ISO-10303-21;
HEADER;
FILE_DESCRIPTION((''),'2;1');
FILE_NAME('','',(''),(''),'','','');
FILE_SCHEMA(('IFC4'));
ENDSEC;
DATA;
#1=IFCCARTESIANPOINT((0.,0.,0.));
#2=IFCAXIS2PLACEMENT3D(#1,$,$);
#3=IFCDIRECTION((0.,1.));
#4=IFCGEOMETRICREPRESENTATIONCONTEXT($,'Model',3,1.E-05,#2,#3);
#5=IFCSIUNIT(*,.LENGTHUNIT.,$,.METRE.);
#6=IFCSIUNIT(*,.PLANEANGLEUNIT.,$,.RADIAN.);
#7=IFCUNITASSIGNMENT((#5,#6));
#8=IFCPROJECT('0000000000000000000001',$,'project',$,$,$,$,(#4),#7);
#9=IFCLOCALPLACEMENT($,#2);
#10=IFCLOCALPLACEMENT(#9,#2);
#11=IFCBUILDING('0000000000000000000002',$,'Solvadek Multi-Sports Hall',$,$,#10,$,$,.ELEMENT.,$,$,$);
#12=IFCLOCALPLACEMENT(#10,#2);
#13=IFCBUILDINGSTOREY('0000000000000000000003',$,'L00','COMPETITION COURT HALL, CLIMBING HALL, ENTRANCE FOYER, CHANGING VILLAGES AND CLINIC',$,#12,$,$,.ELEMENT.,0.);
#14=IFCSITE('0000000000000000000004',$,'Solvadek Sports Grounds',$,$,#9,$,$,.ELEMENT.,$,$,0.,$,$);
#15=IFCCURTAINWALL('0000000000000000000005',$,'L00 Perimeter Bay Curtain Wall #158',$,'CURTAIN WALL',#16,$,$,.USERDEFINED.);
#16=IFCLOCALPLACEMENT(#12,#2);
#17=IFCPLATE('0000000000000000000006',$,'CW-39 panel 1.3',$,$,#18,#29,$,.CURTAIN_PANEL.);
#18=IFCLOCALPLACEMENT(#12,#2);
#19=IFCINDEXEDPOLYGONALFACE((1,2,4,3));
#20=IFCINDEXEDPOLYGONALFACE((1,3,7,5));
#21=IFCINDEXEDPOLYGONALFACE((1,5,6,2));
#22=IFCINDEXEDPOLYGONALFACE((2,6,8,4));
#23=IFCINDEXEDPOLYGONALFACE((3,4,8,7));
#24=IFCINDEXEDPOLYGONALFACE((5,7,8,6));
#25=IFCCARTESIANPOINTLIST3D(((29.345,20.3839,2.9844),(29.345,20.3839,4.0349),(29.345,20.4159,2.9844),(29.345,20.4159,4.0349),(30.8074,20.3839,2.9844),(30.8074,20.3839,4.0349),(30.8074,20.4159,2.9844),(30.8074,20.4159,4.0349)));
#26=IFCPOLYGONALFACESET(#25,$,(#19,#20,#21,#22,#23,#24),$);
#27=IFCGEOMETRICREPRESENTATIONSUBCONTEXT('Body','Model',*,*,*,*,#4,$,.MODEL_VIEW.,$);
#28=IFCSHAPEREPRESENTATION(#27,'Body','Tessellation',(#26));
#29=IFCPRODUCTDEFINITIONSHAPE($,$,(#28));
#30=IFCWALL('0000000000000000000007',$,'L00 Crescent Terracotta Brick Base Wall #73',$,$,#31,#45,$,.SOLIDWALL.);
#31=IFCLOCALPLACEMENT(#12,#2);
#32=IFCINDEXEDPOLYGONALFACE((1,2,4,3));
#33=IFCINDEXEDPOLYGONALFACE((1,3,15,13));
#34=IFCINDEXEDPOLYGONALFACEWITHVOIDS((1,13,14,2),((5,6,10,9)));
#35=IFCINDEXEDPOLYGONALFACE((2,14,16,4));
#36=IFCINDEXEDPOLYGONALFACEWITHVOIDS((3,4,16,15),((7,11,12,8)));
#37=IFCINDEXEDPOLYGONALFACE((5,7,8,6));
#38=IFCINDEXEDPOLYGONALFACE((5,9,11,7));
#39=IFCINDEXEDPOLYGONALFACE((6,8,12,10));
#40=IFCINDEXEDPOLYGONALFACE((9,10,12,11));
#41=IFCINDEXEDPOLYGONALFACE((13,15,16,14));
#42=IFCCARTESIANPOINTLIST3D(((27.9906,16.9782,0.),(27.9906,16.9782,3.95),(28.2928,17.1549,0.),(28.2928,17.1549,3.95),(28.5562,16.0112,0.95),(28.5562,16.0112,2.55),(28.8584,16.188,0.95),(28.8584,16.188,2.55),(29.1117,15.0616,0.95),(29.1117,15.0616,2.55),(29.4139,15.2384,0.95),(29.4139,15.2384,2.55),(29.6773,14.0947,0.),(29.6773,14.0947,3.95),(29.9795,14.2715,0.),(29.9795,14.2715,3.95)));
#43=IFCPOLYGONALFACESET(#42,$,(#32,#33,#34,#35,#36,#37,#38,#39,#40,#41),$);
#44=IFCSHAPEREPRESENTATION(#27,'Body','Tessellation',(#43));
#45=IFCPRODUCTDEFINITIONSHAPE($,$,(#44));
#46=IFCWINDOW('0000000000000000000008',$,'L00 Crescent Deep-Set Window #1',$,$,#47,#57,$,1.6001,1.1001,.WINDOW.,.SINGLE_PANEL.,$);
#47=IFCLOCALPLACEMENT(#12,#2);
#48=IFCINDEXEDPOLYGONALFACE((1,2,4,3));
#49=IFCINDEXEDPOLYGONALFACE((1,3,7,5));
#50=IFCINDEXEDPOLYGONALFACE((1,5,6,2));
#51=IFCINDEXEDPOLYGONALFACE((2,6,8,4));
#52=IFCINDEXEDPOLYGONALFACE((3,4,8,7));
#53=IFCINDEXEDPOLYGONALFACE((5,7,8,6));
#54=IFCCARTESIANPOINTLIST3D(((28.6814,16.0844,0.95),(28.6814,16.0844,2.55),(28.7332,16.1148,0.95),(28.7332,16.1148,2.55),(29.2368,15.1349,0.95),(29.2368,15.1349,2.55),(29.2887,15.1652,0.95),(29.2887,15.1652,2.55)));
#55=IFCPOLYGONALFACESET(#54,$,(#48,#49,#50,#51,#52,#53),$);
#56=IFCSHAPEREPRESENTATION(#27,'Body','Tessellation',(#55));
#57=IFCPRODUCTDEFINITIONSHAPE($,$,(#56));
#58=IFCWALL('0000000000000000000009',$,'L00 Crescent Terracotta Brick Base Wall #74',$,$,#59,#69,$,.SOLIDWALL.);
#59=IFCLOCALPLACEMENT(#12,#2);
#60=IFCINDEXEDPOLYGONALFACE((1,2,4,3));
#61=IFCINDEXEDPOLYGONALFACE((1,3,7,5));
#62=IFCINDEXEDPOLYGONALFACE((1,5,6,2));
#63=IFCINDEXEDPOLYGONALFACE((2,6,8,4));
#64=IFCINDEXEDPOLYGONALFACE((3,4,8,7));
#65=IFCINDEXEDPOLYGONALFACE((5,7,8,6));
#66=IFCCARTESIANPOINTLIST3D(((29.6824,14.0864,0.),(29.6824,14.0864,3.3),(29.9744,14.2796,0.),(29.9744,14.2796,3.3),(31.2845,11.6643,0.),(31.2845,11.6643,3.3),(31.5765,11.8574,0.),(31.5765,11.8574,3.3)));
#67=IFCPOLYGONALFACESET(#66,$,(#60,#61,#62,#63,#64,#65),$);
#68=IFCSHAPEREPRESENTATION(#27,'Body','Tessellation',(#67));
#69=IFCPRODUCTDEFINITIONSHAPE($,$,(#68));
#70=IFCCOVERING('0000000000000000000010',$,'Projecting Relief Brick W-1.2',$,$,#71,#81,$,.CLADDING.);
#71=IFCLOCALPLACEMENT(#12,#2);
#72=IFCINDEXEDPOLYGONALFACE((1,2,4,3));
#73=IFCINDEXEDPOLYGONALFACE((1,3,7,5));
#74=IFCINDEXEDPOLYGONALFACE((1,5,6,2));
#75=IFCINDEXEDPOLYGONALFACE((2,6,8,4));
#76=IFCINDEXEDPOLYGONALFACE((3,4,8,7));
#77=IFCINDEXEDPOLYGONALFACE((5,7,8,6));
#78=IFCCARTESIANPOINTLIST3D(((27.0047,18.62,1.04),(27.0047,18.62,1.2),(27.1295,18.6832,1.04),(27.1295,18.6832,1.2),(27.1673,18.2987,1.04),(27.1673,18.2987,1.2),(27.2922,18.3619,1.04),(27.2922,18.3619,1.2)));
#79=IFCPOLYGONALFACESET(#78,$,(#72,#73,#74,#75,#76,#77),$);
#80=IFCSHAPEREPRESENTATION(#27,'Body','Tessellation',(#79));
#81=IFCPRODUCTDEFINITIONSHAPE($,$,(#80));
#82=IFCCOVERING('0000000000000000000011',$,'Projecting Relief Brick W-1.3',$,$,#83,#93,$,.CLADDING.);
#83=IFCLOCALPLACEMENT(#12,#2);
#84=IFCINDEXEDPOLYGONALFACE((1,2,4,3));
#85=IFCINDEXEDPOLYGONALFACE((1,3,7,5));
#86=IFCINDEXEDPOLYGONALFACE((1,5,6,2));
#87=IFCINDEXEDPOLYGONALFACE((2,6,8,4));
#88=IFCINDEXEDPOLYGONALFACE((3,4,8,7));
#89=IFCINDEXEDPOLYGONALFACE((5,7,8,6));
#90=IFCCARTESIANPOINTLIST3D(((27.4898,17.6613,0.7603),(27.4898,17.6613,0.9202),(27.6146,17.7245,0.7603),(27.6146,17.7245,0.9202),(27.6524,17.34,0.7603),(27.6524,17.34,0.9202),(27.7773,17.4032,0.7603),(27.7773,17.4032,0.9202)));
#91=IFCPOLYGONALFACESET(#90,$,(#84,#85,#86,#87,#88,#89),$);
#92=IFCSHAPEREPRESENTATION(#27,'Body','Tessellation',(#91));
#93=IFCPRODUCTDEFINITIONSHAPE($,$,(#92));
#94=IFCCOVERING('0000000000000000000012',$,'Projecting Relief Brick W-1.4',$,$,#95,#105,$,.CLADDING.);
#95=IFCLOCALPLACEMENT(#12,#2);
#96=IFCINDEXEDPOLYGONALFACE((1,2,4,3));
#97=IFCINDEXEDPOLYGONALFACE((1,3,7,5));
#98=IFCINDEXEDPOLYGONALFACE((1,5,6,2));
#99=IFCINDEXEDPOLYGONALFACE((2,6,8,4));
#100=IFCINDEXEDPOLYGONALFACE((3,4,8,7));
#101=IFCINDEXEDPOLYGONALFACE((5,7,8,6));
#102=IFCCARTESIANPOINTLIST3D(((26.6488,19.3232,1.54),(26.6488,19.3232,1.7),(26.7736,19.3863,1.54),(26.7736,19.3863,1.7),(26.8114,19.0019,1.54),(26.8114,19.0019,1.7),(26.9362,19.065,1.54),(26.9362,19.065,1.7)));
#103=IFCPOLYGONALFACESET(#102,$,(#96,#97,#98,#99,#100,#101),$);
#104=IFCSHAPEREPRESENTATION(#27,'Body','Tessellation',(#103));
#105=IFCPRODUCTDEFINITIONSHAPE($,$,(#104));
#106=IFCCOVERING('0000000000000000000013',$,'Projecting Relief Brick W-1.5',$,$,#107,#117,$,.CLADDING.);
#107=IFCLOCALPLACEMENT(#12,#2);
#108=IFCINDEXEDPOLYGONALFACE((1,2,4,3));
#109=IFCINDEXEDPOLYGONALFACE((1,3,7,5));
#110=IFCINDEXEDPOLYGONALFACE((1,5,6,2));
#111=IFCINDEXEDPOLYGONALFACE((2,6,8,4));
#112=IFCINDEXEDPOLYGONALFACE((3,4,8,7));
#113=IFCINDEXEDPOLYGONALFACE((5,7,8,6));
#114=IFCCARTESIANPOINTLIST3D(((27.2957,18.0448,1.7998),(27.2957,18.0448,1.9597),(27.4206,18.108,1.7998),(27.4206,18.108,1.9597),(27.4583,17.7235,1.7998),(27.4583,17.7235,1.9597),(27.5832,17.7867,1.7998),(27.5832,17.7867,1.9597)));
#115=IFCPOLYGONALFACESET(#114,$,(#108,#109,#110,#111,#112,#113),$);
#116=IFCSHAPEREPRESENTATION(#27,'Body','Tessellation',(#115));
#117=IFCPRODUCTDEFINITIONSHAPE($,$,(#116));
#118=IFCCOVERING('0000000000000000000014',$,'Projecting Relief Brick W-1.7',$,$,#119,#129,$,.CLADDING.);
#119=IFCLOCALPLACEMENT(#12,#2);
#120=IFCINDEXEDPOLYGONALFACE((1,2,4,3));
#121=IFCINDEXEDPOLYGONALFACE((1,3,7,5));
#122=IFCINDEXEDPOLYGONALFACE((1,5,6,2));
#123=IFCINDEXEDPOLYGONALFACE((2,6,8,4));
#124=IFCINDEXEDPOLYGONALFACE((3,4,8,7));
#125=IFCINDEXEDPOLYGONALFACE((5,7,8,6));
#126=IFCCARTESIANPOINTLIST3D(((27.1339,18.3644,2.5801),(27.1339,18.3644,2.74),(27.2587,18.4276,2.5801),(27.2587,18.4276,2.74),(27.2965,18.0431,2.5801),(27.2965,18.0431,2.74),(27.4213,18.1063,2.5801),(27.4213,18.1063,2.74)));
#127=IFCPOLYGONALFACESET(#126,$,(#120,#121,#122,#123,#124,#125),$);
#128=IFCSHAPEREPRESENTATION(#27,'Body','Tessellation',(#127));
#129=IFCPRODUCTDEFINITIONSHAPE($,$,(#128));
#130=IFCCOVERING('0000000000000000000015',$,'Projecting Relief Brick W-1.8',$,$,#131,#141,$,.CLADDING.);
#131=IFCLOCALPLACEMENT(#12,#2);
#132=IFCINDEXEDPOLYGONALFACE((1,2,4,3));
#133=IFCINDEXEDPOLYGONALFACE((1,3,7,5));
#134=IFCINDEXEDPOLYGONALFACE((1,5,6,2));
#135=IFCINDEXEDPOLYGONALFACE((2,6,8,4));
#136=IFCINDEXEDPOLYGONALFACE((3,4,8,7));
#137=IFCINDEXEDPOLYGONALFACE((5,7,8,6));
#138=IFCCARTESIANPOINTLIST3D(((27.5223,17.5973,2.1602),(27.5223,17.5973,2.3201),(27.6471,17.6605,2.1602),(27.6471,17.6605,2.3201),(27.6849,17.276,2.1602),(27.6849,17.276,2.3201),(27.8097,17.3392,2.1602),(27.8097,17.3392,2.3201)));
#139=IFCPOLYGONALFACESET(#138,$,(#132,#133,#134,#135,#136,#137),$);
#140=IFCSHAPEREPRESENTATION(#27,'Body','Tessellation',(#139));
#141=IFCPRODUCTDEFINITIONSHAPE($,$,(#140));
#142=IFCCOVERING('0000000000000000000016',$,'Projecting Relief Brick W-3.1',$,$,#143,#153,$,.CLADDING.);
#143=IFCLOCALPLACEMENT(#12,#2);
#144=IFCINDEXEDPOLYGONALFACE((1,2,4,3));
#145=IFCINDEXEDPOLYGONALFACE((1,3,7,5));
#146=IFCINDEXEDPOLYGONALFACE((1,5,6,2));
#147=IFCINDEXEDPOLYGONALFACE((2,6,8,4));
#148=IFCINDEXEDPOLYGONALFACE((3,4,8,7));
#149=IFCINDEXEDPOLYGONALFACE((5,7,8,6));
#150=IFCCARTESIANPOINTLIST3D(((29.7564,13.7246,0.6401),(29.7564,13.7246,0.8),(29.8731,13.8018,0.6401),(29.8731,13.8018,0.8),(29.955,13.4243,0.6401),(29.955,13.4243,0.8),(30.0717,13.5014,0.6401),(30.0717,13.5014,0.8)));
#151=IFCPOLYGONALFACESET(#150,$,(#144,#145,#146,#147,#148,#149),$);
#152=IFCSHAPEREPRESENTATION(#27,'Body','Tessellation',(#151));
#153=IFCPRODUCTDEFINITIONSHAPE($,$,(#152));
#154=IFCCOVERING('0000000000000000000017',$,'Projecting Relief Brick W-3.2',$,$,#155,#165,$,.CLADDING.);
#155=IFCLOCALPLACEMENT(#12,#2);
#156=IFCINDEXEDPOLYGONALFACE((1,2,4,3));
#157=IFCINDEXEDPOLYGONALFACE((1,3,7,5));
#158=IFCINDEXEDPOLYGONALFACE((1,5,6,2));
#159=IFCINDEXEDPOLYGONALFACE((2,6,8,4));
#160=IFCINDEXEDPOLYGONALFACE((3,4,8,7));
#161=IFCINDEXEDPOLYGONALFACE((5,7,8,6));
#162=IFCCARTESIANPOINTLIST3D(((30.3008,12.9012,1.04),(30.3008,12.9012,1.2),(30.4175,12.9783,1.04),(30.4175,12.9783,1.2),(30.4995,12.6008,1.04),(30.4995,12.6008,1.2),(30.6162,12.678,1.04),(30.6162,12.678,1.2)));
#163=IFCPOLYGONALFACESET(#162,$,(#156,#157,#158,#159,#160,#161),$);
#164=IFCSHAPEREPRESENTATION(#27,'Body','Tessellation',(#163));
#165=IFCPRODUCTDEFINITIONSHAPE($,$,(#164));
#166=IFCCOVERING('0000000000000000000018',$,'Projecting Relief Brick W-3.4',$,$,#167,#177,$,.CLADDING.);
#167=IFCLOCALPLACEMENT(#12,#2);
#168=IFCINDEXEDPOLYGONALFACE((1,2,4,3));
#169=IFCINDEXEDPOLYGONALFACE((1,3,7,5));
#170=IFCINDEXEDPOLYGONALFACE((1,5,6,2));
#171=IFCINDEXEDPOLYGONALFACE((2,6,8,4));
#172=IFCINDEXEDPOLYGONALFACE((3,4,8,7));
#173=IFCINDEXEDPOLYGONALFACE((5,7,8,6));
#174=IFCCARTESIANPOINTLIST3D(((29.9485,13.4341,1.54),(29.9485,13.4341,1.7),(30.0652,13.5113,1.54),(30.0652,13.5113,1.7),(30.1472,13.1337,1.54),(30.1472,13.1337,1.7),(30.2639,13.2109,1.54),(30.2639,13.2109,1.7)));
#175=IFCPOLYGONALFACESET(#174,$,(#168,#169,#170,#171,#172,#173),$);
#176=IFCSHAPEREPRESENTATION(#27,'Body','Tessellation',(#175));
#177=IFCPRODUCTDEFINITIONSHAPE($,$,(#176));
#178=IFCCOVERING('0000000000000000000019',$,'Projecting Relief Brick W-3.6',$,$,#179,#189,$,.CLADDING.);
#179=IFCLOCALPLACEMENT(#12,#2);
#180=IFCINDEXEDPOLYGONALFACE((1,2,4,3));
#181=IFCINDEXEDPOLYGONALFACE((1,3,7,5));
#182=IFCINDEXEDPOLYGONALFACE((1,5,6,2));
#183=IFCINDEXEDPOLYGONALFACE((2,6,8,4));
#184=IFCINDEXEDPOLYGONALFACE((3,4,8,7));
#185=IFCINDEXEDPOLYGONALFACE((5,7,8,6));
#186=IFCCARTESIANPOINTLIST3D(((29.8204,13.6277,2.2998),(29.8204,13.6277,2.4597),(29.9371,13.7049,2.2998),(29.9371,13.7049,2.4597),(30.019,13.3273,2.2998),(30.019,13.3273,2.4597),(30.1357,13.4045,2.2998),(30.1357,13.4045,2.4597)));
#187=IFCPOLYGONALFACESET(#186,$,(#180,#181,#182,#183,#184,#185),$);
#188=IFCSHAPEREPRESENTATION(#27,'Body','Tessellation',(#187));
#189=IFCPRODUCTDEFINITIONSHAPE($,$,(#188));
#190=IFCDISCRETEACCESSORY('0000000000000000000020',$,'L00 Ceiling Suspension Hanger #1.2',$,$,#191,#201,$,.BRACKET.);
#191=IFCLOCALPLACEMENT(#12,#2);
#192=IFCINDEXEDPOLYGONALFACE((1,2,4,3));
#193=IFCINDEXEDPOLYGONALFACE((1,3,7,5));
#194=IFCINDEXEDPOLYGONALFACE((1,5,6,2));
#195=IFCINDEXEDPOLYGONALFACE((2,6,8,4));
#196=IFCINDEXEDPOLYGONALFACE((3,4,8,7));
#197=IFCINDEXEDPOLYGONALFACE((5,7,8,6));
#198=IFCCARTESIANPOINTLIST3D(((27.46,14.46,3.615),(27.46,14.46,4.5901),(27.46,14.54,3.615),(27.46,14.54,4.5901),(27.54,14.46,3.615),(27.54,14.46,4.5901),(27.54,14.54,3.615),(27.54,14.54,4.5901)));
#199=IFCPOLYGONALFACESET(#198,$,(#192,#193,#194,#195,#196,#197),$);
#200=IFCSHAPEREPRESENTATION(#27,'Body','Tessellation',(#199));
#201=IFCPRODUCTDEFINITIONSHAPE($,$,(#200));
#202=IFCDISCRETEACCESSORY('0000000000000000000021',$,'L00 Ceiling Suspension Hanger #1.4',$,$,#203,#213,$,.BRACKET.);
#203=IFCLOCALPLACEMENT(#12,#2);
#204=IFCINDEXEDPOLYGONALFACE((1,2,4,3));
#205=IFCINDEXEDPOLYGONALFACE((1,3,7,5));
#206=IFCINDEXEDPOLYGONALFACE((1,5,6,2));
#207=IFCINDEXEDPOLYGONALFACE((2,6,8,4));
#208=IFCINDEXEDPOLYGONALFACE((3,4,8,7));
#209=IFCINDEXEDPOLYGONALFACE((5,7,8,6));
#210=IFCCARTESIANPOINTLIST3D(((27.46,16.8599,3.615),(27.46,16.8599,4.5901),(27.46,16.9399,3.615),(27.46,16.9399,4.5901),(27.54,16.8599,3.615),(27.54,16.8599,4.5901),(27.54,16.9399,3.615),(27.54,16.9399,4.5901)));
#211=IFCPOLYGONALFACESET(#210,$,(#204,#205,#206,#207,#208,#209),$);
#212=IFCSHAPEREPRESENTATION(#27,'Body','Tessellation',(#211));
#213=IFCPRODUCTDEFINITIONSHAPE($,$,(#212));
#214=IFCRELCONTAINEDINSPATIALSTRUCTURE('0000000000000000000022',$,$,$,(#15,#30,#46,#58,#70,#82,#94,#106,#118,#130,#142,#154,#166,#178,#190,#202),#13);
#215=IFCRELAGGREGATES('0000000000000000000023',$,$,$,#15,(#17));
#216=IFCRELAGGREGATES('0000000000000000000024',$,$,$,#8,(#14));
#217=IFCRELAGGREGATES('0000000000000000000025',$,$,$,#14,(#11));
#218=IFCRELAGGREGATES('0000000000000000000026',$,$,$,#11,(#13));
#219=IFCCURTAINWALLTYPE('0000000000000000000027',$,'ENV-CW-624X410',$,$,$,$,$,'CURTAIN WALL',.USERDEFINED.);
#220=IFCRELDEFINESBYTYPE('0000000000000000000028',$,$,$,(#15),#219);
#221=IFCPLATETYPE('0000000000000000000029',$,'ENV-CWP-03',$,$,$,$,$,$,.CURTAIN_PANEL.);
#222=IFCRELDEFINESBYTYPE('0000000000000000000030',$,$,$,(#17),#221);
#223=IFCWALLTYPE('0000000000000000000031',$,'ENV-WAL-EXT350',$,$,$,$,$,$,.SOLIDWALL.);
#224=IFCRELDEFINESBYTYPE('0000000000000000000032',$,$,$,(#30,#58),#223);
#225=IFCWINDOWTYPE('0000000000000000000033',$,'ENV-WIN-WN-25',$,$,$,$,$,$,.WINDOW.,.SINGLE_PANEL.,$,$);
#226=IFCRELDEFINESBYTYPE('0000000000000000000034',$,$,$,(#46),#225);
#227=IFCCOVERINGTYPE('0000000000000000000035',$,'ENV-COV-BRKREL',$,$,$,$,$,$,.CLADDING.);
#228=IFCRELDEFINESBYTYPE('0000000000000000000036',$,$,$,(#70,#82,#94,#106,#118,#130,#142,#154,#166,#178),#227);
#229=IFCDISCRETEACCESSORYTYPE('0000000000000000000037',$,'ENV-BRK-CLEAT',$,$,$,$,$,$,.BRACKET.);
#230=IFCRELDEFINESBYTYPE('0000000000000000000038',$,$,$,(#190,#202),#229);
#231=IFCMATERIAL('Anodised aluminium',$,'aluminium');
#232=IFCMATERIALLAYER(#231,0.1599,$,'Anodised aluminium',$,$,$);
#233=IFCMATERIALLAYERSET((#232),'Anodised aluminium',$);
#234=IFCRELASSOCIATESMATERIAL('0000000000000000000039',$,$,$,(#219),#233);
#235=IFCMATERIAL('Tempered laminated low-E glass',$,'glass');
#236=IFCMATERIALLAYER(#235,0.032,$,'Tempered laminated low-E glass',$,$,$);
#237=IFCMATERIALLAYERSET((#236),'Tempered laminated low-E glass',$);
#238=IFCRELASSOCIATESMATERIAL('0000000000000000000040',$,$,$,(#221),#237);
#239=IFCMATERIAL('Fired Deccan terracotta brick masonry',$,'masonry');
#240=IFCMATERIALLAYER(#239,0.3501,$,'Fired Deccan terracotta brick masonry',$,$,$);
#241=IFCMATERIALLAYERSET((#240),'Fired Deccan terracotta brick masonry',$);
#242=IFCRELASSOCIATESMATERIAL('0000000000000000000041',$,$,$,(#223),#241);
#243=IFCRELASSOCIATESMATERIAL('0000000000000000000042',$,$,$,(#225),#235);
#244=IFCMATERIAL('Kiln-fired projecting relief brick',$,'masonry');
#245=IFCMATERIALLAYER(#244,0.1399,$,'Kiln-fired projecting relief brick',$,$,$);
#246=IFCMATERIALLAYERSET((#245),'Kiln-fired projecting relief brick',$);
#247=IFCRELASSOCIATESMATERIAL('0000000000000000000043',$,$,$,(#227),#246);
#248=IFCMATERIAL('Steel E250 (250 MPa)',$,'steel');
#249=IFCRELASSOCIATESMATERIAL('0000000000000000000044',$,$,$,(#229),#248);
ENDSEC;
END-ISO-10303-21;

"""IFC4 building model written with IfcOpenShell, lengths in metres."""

from ifc_helpers import new_model, si_unit, direction, frame, frame_2d, origin, origin_2d, place, context, subcontext, project, spatial, rectangle, extrude, material, layer, layer_set, type_object, element, fill, aggregate, save


model = new_model("IFC4")

# Units and contexts
model_context = context("Model", 3, precision=1e-05, world=origin(), true_north=direction((0.0, 1.0)))
body_context = subcontext(model_context, "Body", "Model", "MODEL_VIEW")
ifc_project = project(units=[si_unit("LENGTHUNIT", "METRE"), si_unit("PLANEANGLEUNIT", "RADIAN")], contexts=[model_context])

# Site, building, storey
site_placement = place(None, origin())
site = spatial("IfcSite", under=ifc_project, at=site_placement, Name="Solvadek Sports Grounds", CompositionType="ELEMENT", RefElevation=0.0)
building_placement = place(site_placement, origin())
building = spatial("IfcBuilding", under=site, at=building_placement, Name="Solvadek Multi-Sports Hall", CompositionType="ELEMENT")
storey_placement = place(building_placement, origin())
storey = spatial("IfcBuildingStorey", under=building, at=storey_placement, Name="L00", Description="COMPETITION COURT HALL, CLIMBING HALL, ENTRANCE FOYER, CHANGING VILLAGES AND CLINIC", CompositionType="ELEMENT", Elevation=0.0)

# Shared definitions
ifc_material_1 = material(Name="Anodised aluminium", Category="aluminium")

# Curtain wall
ifc_layer_1 = layer(ifc_material_1, 0.1599, Name="Anodised aluminium")
ifc_layer_set_1 = layer_set([ifc_layer_1], Name="Anodised aluminium")
curtain_wall_type_1 = type_object("IfcCurtainWallType", Name="ENV-CW-624X410", ElementType="CURTAIN WALL", PredefinedType="USERDEFINED", material=ifc_layer_set_1)
curtain_wall_1_placement = place(storey_placement, origin())
curtain_wall_1 = element("IfcCurtainWall", 1, at=curtain_wall_1_placement, inside=storey, type_object=curtain_wall_type_1, Name="L00 Perimeter Bay Curtain Wall #158", ObjectType="CURTAIN WALL", PredefinedType="USERDEFINED")

# Plate
ifc_material_2 = material(Name="Tempered laminated low-E glass", Category="glass")
ifc_layer_2 = layer(ifc_material_2, 0.032, Name="Tempered laminated low-E glass")
ifc_layer_set_2 = layer_set([ifc_layer_2], Name="Tempered laminated low-E glass")
plate_type_1 = type_object("IfcPlateType", Name="ENV-CWP-03", PredefinedType="CURTAIN_PANEL", material=ifc_layer_set_2)
plate_1_placement = place(storey_placement, frame((30.0762, 20.3999, 2.9844), z_axis=(0.0, 0.0, 1.0), x_axis=(1.0, 0.0, 0.0)))
plate_1 = element("IfcPlate", 2, at=plate_1_placement, type_object=plate_type_1, Name="CW-39 panel 1.3", PredefinedType="CURTAIN_PANEL", context=body_context, shape_type="SweptSolid", body=[
    extrude(rectangle(XDim=1.4624, YDim=0.032, at=origin_2d()), origin(), (0.0, 0.0, 1.0), 1.0505),
])
aggregate(curtain_wall_1, [plate_1])

# Wall, opening, window
ifc_material_3 = material(Name="Fired Deccan terracotta brick masonry", Category="masonry")
ifc_layer_3 = layer(ifc_material_3, 0.3501, Name="Fired Deccan terracotta brick masonry")
ifc_layer_set_3 = layer_set([ifc_layer_3], Name="Fired Deccan terracotta brick masonry")
wall_type = type_object("IfcWallType", Name="ENV-WAL-EXT350", PredefinedType="SOLIDWALL", material=ifc_layer_set_3)
wall_1_placement = place(storey_placement, frame((28.1416, 17.0667, 0.0), z_axis=(0.0, 0.0, 1.0), x_axis=(0.50492, -0.863166, 0.0)))
wall_1 = element("IfcWall", 3, at=wall_1_placement, inside=storey, type_object=wall_type, Name="L00 Crescent Terracotta Brick Base Wall #73", PredefinedType="SOLIDWALL", context=body_context, shape_type="SweptSolid", body=[
    extrude(rectangle(XDim=3.3406, YDim=0.3501, at=frame_2d((1.6704, 0.0))), origin(), (0.0, 0.0, 1.0), 3.95),
])
opening_placement = place(wall_1_placement, frame((1.1204, 0.0, 0.95)))
opening = element("IfcOpeningElement", 4, at=opening_placement, cuts=wall_1, PredefinedType="OPENING", context=body_context, shape_type="SweptSolid", body=[
    extrude(rectangle(XDim=1.1001, YDim=1.6001, at=frame_2d((0.55, 0.8))), frame((0.0, 0.1851, 0.0), z_axis=(0.0, -1.0, 0.0), x_axis=(1.0, 0.0, 0.0)), (0.0, 0.0, 1.0), 0.3701),
])
window_type = type_object("IfcWindowType", Name="ENV-WIN-WN-25", PartitioningType="SINGLE_PANEL", PredefinedType="WINDOW", material=ifc_material_2)
window_placement = place(opening_placement, origin())
window = element("IfcWindow", 5, at=window_placement, inside=storey, type_object=window_type, Name="L00 Crescent Deep-Set Window #1", OverallHeight=1.6001, OverallWidth=1.1001, PartitioningType="SINGLE_PANEL", PredefinedType="WINDOW", context=body_context, shape_type="SweptSolid", body=[
    extrude(rectangle(XDim=1.1001, YDim=1.6001, at=frame_2d((0.55, 0.8))), frame((0.0, 0.03, 0.0), z_axis=(0.0, -1.0, 0.0), x_axis=(1.0, 0.0, 0.0)), (0.0, 0.0, 1.0), 0.0601),
])
fill(opening, window)

# Wall
wall_2_placement = place(storey_placement, frame((29.8284, 14.1831, 0.0), z_axis=(0.0, 0.0, 1.0), x_axis=(0.55167, -0.834062, 0.0)))
element("IfcWall", 6, at=wall_2_placement, inside=storey, type_object=wall_type, Name="L00 Crescent Terracotta Brick Base Wall #74", PredefinedType="SOLIDWALL", context=body_context, shape_type="SweptSolid", body=[
    extrude(rectangle(XDim=2.9041, YDim=0.3501, at=frame_2d((1.4521, 0.0))), origin(), (0.0, 0.0, 1.0), 3.3),
])

# Coverings
ifc_material_4 = material(Name="Kiln-fired projecting relief brick", Category="masonry")
ifc_layer_4 = layer(ifc_material_4, 0.1399, Name="Kiln-fired projecting relief brick")
ifc_layer_set_4 = layer_set([ifc_layer_4], Name="Kiln-fired projecting relief brick")
covering_type = type_object("IfcCoveringType", Name="ENV-COV-BRKREL", PredefinedType="CLADDING", material=ifc_layer_set_4)
for number, where, z_axis, x_axis, name in (
    (7, (27.1484, 18.491, 1.04), (0.0, 0.0, 1.0), (0.451555, -0.892243, 0.0), "Projecting Relief Brick W-1.2"),
    (8, (27.6335, 17.5322, 0.7603), (0.0, 0.0, 1.0), (0.451555, -0.892243, 0.0), "Projecting Relief Brick W-1.3"),
    (9, (26.7925, 19.1941, 1.54), (0.0, 0.0, 1.0), (0.451555, -0.892243, 0.0), "Projecting Relief Brick W-1.4"),
    (10, (27.4395, 17.9158, 1.7998), (0.0, 0.0, 1.0), (0.451555, -0.892243, 0.0), "Projecting Relief Brick W-1.5"),
    (11, (27.2776, 18.2354, 2.5801), (0.0, 0.0, 1.0), (0.451555, -0.892243, 0.0), "Projecting Relief Brick W-1.7"),
    (12, (27.666, 17.4683, 2.1602), (0.0, 0.0, 1.0), (0.451555, -0.892243, 0.0), "Projecting Relief Brick W-1.8"),
    (13, (29.9141, 13.613, 0.6401), (0.0, 0.0, 1.0), (0.55161, -0.834102, 0.0), "Projecting Relief Brick W-3.1"),
    (14, (30.4585, 12.7896, 1.04), (0.0, 0.0, 1.0), (0.55161, -0.834102, 0.0), "Projecting Relief Brick W-3.2"),
    (15, (30.1062, 13.3225, 1.54), (0.0, 0.0, 1.0), (0.55161, -0.834102, 0.0), "Projecting Relief Brick W-3.4"),
    (16, (29.978, 13.5161, 2.2998), (0.0, 0.0, 1.0), (0.55161, -0.834102, 0.0), "Projecting Relief Brick W-3.6"),
):
    element("IfcCovering", number, at=place(storey_placement, frame(where, z_axis=z_axis, x_axis=x_axis)), inside=storey, type_object=covering_type, Name=name, PredefinedType="CLADDING", context=body_context, shape_type="SweptSolid", body=[
        extrude(rectangle(XDim=0.3601, YDim=0.1399, at=origin_2d()), origin(), (0.0, 0.0, 1.0), 0.1599),
    ])

# Discrete accessories
ifc_material_5 = material(Name="Steel E250 (250 MPa)", Category="steel")
discrete_accessory_type = type_object("IfcDiscreteAccessoryType", Name="ENV-BRK-CLEAT", PredefinedType="BRACKET", material=ifc_material_5)
for number, where, z_axis, x_axis, name in (
    (17, (27.5, 14.5, 3.615), (0.0, 0.0, 1.0), (1.0, 0.0, 0.0), "L00 Ceiling Suspension Hanger #1.2"),
    (18, (27.5, 16.8999, 3.615), (0.0, 0.0, 1.0), (1.0, 0.0, 0.0), "L00 Ceiling Suspension Hanger #1.4"),
):
    element("IfcDiscreteAccessory", number, at=place(storey_placement, frame(where, z_axis=z_axis, x_axis=x_axis)), inside=storey, type_object=discrete_accessory_type, Name=name, PredefinedType="BRACKET", context=body_context, shape_type="SweptSolid", body=[
        extrude(rectangle(XDim=0.0801, YDim=0.0801, at=origin_2d()), origin(), (0.0, 0.0, 1.0), 0.9751),
    ])

save(model, "model.ifc")
